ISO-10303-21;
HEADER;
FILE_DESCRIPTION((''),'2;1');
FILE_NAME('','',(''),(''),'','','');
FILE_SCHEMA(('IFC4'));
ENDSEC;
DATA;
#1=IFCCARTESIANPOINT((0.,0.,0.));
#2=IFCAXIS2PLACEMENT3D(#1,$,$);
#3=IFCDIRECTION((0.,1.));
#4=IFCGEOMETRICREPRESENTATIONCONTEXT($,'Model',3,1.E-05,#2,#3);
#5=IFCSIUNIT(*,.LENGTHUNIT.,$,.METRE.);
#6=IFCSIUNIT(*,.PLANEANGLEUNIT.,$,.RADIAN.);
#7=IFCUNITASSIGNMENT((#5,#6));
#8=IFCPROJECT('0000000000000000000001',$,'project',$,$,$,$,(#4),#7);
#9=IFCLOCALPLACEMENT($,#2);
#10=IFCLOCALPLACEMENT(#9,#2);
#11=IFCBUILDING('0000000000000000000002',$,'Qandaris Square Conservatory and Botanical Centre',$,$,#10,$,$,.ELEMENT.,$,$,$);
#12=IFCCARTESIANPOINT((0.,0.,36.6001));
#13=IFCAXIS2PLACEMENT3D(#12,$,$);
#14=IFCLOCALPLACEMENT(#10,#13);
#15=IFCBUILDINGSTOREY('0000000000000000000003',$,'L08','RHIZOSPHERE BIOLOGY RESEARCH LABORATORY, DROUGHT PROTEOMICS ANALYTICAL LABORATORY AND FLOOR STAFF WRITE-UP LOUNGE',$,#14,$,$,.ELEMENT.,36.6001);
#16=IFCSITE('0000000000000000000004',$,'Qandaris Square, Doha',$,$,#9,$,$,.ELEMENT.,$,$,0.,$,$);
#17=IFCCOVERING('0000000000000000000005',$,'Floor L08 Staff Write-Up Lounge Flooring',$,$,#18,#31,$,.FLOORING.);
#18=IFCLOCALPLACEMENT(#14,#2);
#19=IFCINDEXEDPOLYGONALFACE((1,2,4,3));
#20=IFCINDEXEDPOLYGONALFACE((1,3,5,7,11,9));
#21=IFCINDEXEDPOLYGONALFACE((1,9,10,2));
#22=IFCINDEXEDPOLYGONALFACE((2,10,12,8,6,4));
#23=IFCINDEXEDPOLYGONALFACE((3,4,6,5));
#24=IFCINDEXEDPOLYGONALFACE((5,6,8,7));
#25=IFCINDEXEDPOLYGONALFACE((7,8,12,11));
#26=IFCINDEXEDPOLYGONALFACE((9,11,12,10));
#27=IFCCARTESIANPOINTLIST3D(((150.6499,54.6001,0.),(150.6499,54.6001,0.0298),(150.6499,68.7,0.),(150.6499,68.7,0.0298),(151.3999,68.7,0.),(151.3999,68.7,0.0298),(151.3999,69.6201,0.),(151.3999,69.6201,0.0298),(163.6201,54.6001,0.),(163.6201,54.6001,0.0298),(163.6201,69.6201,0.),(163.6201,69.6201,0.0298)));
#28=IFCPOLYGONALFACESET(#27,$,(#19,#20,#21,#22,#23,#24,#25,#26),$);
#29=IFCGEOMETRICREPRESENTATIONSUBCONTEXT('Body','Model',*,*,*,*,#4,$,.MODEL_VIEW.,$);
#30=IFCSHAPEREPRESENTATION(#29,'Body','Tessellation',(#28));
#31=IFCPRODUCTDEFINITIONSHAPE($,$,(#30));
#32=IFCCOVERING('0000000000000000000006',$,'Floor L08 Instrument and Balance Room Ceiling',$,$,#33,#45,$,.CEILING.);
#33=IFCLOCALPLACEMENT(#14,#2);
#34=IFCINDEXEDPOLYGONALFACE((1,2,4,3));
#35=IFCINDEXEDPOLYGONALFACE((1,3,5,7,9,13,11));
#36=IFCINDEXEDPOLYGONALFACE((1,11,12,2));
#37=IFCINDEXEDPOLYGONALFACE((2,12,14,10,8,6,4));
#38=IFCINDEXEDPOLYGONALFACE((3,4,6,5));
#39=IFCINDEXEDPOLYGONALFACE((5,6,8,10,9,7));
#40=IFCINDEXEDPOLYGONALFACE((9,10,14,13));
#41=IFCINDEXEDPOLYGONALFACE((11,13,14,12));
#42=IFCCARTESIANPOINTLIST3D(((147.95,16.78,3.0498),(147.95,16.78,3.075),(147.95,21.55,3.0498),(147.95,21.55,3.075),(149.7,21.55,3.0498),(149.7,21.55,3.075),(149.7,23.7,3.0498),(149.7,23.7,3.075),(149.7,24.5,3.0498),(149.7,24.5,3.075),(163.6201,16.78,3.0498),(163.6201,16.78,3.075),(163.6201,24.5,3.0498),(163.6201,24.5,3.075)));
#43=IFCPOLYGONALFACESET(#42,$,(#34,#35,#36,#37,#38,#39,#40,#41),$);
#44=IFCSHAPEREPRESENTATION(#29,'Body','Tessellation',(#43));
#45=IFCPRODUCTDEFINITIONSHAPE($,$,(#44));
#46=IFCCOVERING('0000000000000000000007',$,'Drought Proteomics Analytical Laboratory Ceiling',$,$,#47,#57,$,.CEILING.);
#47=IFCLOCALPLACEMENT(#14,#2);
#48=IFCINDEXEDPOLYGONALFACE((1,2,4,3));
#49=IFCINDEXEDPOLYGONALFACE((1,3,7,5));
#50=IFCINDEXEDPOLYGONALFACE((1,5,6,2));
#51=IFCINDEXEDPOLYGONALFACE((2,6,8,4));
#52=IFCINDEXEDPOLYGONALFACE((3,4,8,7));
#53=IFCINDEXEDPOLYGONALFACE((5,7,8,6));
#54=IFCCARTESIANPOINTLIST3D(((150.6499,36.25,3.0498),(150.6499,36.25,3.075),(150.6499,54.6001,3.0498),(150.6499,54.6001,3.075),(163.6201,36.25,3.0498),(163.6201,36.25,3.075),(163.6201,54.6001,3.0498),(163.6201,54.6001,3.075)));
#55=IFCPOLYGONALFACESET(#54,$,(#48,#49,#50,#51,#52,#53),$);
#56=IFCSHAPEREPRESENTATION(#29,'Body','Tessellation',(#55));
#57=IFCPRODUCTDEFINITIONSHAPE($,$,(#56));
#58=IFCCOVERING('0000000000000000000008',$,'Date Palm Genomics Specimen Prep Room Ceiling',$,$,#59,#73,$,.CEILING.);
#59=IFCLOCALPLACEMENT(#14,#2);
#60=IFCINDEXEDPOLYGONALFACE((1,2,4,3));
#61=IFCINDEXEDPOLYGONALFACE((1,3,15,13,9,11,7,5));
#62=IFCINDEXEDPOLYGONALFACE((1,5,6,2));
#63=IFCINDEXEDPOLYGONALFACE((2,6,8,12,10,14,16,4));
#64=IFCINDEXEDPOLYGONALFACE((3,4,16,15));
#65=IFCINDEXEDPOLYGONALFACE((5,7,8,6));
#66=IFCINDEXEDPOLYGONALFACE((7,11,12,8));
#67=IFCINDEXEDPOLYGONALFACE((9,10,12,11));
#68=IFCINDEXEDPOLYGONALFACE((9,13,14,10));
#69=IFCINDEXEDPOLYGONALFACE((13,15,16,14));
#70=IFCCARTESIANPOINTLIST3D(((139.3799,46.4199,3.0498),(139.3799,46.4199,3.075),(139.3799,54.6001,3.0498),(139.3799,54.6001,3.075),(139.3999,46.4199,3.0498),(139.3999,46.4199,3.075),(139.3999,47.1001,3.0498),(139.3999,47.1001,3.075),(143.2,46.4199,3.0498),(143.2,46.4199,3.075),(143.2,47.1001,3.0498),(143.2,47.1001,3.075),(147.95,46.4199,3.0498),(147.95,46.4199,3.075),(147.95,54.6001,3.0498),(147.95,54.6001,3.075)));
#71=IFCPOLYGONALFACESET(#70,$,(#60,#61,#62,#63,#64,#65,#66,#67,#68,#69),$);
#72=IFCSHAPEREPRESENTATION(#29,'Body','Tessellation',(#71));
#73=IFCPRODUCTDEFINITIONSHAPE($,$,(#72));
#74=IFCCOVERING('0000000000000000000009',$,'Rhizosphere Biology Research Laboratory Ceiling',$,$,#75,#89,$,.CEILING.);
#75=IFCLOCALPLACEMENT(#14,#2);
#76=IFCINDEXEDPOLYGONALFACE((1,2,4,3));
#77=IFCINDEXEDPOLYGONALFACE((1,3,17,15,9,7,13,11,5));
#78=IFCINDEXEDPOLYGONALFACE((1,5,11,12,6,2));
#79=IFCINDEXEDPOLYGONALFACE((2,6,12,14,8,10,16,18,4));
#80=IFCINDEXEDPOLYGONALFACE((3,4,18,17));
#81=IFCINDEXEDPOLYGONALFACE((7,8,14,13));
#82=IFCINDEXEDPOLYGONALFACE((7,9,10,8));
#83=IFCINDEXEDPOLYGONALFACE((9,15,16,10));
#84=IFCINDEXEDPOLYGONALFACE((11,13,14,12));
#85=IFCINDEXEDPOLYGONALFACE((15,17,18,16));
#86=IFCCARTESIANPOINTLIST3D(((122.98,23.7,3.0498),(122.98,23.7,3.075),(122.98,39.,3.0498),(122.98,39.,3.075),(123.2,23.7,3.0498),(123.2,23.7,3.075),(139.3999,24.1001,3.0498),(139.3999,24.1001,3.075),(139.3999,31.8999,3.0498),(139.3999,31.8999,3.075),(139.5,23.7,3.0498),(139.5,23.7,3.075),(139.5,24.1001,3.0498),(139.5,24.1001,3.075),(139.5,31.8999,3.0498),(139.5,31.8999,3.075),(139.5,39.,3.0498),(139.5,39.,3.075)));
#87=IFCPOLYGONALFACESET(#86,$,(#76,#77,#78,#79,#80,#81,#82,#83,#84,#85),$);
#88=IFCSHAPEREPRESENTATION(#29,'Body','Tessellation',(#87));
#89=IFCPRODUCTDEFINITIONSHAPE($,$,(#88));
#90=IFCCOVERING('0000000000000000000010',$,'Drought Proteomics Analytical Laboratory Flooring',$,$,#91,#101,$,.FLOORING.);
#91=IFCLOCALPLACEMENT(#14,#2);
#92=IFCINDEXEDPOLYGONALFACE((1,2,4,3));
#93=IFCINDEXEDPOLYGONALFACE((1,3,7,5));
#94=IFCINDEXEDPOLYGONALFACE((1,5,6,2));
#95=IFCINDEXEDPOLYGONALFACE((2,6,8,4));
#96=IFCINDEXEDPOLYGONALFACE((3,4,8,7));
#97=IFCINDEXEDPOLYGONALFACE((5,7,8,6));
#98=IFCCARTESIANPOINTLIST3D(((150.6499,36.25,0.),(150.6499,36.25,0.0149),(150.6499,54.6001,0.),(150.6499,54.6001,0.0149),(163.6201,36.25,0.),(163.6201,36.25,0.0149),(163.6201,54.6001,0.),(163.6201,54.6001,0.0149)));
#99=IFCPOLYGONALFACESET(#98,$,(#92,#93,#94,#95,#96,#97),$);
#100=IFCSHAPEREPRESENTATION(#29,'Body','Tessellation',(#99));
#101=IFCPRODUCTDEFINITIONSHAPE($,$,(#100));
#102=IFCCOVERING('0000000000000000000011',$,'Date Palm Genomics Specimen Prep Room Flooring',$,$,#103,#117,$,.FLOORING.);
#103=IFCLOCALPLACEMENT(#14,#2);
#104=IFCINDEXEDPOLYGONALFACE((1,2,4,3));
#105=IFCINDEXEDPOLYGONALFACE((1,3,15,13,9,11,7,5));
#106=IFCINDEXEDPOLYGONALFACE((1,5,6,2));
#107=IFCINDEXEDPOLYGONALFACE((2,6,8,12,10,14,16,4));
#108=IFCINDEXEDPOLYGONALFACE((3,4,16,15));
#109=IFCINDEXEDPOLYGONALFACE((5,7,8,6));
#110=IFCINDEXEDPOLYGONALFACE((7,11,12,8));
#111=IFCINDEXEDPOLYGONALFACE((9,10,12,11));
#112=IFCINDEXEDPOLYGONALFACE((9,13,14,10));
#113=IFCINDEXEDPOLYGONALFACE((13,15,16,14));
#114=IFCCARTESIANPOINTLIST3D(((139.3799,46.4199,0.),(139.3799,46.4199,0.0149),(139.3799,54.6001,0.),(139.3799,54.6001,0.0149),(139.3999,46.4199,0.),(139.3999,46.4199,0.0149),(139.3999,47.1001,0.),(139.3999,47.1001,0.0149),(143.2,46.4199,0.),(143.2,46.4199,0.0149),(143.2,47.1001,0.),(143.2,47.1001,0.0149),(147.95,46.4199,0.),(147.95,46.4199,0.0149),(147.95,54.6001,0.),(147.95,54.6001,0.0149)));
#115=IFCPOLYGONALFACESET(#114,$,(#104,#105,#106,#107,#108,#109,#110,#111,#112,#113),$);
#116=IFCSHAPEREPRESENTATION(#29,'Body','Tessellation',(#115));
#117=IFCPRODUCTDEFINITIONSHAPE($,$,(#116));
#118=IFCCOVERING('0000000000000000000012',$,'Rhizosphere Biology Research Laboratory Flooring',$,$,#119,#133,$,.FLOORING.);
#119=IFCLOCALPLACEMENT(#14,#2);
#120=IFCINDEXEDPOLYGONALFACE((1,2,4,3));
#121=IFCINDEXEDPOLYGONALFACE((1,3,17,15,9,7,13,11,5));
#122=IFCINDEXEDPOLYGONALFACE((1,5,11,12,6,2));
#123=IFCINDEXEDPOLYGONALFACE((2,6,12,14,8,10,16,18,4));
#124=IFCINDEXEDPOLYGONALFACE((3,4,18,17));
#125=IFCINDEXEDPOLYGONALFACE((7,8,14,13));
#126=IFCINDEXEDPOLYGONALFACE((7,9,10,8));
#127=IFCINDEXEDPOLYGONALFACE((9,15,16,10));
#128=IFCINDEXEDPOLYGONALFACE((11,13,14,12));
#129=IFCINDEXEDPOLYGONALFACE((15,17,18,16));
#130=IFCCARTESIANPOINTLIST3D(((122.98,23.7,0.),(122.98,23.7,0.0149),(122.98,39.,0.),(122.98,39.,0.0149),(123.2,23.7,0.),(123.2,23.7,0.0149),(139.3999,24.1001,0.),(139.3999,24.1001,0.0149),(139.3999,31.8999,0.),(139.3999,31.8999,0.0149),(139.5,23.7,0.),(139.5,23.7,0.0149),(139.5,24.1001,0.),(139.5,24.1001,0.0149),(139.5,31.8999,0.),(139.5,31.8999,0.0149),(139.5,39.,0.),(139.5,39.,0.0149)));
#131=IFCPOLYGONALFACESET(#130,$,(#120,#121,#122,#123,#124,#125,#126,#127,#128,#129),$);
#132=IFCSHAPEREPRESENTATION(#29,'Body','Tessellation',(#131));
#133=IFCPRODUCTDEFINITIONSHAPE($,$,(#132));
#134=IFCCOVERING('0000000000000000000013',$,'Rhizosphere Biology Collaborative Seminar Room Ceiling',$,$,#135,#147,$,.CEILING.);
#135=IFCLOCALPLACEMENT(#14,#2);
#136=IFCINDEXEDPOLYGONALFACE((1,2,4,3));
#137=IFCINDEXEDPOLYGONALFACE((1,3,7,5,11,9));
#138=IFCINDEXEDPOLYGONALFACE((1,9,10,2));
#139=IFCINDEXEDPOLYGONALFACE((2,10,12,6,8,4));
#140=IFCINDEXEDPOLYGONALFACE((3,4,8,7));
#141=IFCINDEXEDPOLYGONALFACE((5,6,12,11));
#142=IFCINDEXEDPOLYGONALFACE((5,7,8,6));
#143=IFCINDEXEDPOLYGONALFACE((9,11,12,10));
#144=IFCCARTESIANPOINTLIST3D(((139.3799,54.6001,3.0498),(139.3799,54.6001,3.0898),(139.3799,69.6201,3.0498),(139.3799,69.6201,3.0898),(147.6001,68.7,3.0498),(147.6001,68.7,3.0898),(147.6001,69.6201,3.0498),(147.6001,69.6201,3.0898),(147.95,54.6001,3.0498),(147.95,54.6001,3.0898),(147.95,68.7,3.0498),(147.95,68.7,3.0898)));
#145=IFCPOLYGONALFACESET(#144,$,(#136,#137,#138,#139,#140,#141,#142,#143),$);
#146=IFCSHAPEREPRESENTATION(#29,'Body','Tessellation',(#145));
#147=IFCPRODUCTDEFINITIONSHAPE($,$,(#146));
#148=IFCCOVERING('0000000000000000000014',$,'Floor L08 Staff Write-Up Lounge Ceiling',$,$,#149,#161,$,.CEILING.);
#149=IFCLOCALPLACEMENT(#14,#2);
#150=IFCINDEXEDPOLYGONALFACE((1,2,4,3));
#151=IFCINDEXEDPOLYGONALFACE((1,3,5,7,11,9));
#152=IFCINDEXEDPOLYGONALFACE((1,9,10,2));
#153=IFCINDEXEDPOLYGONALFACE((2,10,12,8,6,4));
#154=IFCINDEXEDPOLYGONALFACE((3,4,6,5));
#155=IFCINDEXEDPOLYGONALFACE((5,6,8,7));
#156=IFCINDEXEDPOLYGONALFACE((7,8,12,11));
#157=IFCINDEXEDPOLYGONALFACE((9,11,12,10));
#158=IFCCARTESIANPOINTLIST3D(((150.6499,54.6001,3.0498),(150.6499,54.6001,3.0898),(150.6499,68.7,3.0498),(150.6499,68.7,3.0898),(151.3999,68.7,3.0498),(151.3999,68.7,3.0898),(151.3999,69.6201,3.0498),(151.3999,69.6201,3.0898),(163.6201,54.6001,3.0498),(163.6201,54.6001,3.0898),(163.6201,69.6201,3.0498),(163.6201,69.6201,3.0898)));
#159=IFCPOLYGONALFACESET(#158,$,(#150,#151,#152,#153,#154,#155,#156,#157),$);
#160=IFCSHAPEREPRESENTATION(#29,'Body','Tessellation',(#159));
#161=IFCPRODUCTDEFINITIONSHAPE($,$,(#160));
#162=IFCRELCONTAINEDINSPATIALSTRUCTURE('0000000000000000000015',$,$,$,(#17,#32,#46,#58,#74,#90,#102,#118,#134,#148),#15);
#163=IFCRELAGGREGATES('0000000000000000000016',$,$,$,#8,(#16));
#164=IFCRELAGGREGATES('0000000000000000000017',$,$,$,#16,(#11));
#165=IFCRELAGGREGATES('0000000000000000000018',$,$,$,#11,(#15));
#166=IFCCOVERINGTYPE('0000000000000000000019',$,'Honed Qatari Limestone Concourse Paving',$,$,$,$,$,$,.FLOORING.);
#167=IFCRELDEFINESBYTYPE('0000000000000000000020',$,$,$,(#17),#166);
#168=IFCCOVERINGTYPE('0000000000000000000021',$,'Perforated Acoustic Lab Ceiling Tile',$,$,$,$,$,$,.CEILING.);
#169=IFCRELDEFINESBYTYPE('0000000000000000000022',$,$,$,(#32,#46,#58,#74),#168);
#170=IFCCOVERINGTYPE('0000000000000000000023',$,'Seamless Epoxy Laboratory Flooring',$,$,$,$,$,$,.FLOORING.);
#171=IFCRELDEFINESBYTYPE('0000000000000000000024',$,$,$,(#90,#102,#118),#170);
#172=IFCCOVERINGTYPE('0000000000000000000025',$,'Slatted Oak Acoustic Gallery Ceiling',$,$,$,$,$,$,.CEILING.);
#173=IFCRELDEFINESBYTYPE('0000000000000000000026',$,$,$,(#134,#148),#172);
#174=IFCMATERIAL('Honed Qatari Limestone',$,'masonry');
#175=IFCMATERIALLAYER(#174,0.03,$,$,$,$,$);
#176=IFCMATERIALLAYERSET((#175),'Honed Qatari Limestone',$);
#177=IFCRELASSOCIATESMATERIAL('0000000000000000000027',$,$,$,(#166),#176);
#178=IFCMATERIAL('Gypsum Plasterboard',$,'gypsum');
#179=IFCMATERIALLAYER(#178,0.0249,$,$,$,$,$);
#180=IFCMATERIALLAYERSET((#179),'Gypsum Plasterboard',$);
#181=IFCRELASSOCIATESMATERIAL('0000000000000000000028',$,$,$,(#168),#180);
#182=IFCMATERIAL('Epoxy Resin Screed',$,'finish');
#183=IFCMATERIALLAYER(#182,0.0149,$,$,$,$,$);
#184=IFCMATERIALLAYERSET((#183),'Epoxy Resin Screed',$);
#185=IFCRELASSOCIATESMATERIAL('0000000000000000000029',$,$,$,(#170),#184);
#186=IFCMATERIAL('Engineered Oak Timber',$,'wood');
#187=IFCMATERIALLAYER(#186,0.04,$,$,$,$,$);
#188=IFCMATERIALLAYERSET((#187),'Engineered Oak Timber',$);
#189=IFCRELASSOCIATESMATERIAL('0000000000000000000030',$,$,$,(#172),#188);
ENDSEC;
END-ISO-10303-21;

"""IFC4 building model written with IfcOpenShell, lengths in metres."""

from ifc_helpers import new_model, si_unit, direction, frame, origin, place, context, subcontext, project, spatial, polyline, outline, extrude, material, layer, layer_set, type_object, element, save


model = new_model("IFC4")

# Units and contexts
model_context = context("Model", 3, precision=1e-05, world=origin(), true_north=direction((0.0, 1.0)))
body_context = subcontext(model_context, "Body", "Model", "MODEL_VIEW")
ifc_project = project(units=[si_unit("LENGTHUNIT", "METRE"), si_unit("PLANEANGLEUNIT", "RADIAN")], contexts=[model_context])

# Site, building, storey
site_placement = place(None, origin())
site = spatial("IfcSite", under=ifc_project, at=site_placement, Name="Qandaris Square, Doha", CompositionType="ELEMENT", RefElevation=0.0)
building_placement = place(site_placement, origin())
building = spatial("IfcBuilding", under=site, at=building_placement, Name="Qandaris Square Conservatory and Botanical Centre", CompositionType="ELEMENT")
storey_placement = place(building_placement, frame((0.0, 0.0, 36.6001)))
storey = spatial("IfcBuildingStorey", under=building, at=storey_placement, Name="L08", Description="RHIZOSPHERE BIOLOGY RESEARCH LABORATORY, DROUGHT PROTEOMICS ANALYTICAL LABORATORY AND FLOOR STAFF WRITE-UP LOUNGE", CompositionType="ELEMENT", Elevation=36.6001)

# Coverings
ifc_material_1 = material(Name="Honed Qatari Limestone", Category="masonry")
ifc_layer_1 = layer(ifc_material_1, 0.03)
ifc_layer_set_1 = layer_set([ifc_layer_1], Name="Honed Qatari Limestone")
covering_type_1 = type_object("IfcCoveringType", Name="Honed Qatari Limestone Concourse Paving", PredefinedType="FLOORING", material=ifc_layer_set_1)
covering_1_placement = place(storey_placement, origin())
element("IfcCovering", 1, at=covering_1_placement, inside=storey, type_object=covering_type_1, Name="Floor L08 Staff Write-Up Lounge Flooring", PredefinedType="FLOORING", context=body_context, shape_type="SweptSolid", body=[
    extrude(outline(polyline([(150.6499, 54.6001), (150.6499, 68.7), (151.3999, 68.7), (151.3999, 69.6201), (163.6201, 69.6201), (163.6201, 54.6001), (150.6499, 54.6001)])), origin(), (0.0, 0.0, 1.0), 0.0298),
])
ifc_material_2 = material(Name="Gypsum Plasterboard", Category="gypsum")
ifc_layer_2 = layer(ifc_material_2, 0.0249)
ifc_layer_set_2 = layer_set([ifc_layer_2], Name="Gypsum Plasterboard")
covering_type_2 = type_object("IfcCoveringType", Name="Perforated Acoustic Lab Ceiling Tile", PredefinedType="CEILING", material=ifc_layer_set_2)
covering_2_placement = place(storey_placement, frame((0.0, 0.0, 3.0498)))
element("IfcCovering", 2, at=covering_2_placement, inside=storey, type_object=covering_type_2, Name="Floor L08 Instrument and Balance Room Ceiling", PredefinedType="CEILING", context=body_context, shape_type="SweptSolid", body=[
    extrude(outline(polyline([(147.95, 21.55), (149.7, 21.55), (149.7, 23.7), (149.7, 24.5), (163.6201, 24.5), (163.6201, 16.78), (147.95, 16.78), (147.95, 21.55)])), origin(), (0.0, 0.0, 1.0), 0.0251),
])
covering_3_placement = place(storey_placement, frame((0.0, 0.0, 3.0498)))
element("IfcCovering", 3, at=covering_3_placement, inside=storey, type_object=covering_type_2, Name="Drought Proteomics Analytical Laboratory Ceiling", PredefinedType="CEILING", context=body_context, shape_type="SweptSolid", body=[
    extrude(outline(polyline([(150.6499, 54.6001), (163.6201, 54.6001), (163.6201, 36.25), (150.6499, 36.25), (150.6499, 54.6001)])), origin(), (0.0, 0.0, 1.0), 0.0251),
])
covering_4_placement = place(storey_placement, frame((0.0, 0.0, 3.0498)))
element("IfcCovering", 4, at=covering_4_placement, inside=storey, type_object=covering_type_2, Name="Date Palm Genomics Specimen Prep Room Ceiling", PredefinedType="CEILING", context=body_context, shape_type="SweptSolid", body=[
    extrude(outline(polyline([(147.95, 46.4199), (143.2, 46.4199), (143.2, 47.1001), (139.3999, 47.1001), (139.3999, 46.4199), (139.3799, 46.4199), (139.3799, 54.6001), (147.95, 54.6001), (147.95, 46.4199)])), origin(), (0.0, 0.0, 1.0), 0.0251),
])
covering_5_placement = place(storey_placement, frame((0.0, 0.0, 3.0498)))
element("IfcCovering", 5, at=covering_5_placement, inside=storey, type_object=covering_type_2, Name="Rhizosphere Biology Research Laboratory Ceiling", PredefinedType="CEILING", context=body_context, shape_type="SweptSolid", body=[
    extrude(outline(polyline([(139.5, 31.8999), (139.3999, 31.8999), (139.3999, 24.1001), (139.5, 24.1001), (139.5, 23.7), (123.2, 23.7), (122.98, 23.7), (122.98, 39.0), (139.5, 39.0), (139.5, 31.8999)])), origin(), (0.0, 0.0, 1.0), 0.0251),
])
ifc_material_3 = material(Name="Epoxy Resin Screed", Category="finish")
ifc_layer_3 = layer(ifc_material_3, 0.0149)
ifc_layer_set_3 = layer_set([ifc_layer_3], Name="Epoxy Resin Screed")
covering_type_3 = type_object("IfcCoveringType", Name="Seamless Epoxy Laboratory Flooring", PredefinedType="FLOORING", material=ifc_layer_set_3)
covering_6_placement = place(storey_placement, origin())
element("IfcCovering", 6, at=covering_6_placement, inside=storey, type_object=covering_type_3, Name="Drought Proteomics Analytical Laboratory Flooring", PredefinedType="FLOORING", context=body_context, shape_type="SweptSolid", body=[
    extrude(outline(polyline([(150.6499, 54.6001), (163.6201, 54.6001), (163.6201, 36.25), (150.6499, 36.25), (150.6499, 54.6001)])), origin(), (0.0, 0.0, 1.0), 0.0149),
])
covering_7_placement = place(storey_placement, origin())
element("IfcCovering", 7, at=covering_7_placement, inside=storey, type_object=covering_type_3, Name="Date Palm Genomics Specimen Prep Room Flooring", PredefinedType="FLOORING", context=body_context, shape_type="SweptSolid", body=[
    extrude(outline(polyline([(147.95, 46.4199), (143.2, 46.4199), (143.2, 47.1001), (139.3999, 47.1001), (139.3999, 46.4199), (139.3799, 46.4199), (139.3799, 54.6001), (147.95, 54.6001), (147.95, 46.4199)])), origin(), (0.0, 0.0, 1.0), 0.0149),
])
covering_8_placement = place(storey_placement, origin())
element("IfcCovering", 8, at=covering_8_placement, inside=storey, type_object=covering_type_3, Name="Rhizosphere Biology Research Laboratory Flooring", PredefinedType="FLOORING", context=body_context, shape_type="SweptSolid", body=[
    extrude(outline(polyline([(139.5, 31.8999), (139.3999, 31.8999), (139.3999, 24.1001), (139.5, 24.1001), (139.5, 23.7), (123.2, 23.7), (122.98, 23.7), (122.98, 39.0), (139.5, 39.0), (139.5, 31.8999)])), origin(), (0.0, 0.0, 1.0), 0.0149),
])
ifc_material_4 = material(Name="Engineered Oak Timber", Category="wood")
ifc_layer_4 = layer(ifc_material_4, 0.04)
ifc_layer_set_4 = layer_set([ifc_layer_4], Name="Engineered Oak Timber")
covering_type_4 = type_object("IfcCoveringType", Name="Slatted Oak Acoustic Gallery Ceiling", PredefinedType="CEILING", material=ifc_layer_set_4)
covering_9_placement = place(storey_placement, frame((0.0, 0.0, 3.0498)))
element("IfcCovering", 9, at=covering_9_placement, inside=storey, type_object=covering_type_4, Name="Rhizosphere Biology Collaborative Seminar Room Ceiling", PredefinedType="CEILING", context=body_context, shape_type="SweptSolid", body=[
    extrude(outline(polyline([(147.95, 54.6001), (139.3799, 54.6001), (139.3799, 69.6201), (147.6001, 69.6201), (147.6001, 68.7), (147.95, 68.7), (147.95, 54.6001)])), origin(), (0.0, 0.0, 1.0), 0.04),
])
covering_10_placement = place(storey_placement, frame((0.0, 0.0, 3.0498)))
element("IfcCovering", 10, at=covering_10_placement, inside=storey, type_object=covering_type_4, Name="Floor L08 Staff Write-Up Lounge Ceiling", PredefinedType="CEILING", context=body_context, shape_type="SweptSolid", body=[
    extrude(outline(polyline([(150.6499, 54.6001), (150.6499, 68.7), (151.3999, 68.7), (151.3999, 69.6201), (163.6201, 69.6201), (163.6201, 54.6001), (150.6499, 54.6001)])), origin(), (0.0, 0.0, 1.0), 0.04),
])

save(model, "model.ifc")
